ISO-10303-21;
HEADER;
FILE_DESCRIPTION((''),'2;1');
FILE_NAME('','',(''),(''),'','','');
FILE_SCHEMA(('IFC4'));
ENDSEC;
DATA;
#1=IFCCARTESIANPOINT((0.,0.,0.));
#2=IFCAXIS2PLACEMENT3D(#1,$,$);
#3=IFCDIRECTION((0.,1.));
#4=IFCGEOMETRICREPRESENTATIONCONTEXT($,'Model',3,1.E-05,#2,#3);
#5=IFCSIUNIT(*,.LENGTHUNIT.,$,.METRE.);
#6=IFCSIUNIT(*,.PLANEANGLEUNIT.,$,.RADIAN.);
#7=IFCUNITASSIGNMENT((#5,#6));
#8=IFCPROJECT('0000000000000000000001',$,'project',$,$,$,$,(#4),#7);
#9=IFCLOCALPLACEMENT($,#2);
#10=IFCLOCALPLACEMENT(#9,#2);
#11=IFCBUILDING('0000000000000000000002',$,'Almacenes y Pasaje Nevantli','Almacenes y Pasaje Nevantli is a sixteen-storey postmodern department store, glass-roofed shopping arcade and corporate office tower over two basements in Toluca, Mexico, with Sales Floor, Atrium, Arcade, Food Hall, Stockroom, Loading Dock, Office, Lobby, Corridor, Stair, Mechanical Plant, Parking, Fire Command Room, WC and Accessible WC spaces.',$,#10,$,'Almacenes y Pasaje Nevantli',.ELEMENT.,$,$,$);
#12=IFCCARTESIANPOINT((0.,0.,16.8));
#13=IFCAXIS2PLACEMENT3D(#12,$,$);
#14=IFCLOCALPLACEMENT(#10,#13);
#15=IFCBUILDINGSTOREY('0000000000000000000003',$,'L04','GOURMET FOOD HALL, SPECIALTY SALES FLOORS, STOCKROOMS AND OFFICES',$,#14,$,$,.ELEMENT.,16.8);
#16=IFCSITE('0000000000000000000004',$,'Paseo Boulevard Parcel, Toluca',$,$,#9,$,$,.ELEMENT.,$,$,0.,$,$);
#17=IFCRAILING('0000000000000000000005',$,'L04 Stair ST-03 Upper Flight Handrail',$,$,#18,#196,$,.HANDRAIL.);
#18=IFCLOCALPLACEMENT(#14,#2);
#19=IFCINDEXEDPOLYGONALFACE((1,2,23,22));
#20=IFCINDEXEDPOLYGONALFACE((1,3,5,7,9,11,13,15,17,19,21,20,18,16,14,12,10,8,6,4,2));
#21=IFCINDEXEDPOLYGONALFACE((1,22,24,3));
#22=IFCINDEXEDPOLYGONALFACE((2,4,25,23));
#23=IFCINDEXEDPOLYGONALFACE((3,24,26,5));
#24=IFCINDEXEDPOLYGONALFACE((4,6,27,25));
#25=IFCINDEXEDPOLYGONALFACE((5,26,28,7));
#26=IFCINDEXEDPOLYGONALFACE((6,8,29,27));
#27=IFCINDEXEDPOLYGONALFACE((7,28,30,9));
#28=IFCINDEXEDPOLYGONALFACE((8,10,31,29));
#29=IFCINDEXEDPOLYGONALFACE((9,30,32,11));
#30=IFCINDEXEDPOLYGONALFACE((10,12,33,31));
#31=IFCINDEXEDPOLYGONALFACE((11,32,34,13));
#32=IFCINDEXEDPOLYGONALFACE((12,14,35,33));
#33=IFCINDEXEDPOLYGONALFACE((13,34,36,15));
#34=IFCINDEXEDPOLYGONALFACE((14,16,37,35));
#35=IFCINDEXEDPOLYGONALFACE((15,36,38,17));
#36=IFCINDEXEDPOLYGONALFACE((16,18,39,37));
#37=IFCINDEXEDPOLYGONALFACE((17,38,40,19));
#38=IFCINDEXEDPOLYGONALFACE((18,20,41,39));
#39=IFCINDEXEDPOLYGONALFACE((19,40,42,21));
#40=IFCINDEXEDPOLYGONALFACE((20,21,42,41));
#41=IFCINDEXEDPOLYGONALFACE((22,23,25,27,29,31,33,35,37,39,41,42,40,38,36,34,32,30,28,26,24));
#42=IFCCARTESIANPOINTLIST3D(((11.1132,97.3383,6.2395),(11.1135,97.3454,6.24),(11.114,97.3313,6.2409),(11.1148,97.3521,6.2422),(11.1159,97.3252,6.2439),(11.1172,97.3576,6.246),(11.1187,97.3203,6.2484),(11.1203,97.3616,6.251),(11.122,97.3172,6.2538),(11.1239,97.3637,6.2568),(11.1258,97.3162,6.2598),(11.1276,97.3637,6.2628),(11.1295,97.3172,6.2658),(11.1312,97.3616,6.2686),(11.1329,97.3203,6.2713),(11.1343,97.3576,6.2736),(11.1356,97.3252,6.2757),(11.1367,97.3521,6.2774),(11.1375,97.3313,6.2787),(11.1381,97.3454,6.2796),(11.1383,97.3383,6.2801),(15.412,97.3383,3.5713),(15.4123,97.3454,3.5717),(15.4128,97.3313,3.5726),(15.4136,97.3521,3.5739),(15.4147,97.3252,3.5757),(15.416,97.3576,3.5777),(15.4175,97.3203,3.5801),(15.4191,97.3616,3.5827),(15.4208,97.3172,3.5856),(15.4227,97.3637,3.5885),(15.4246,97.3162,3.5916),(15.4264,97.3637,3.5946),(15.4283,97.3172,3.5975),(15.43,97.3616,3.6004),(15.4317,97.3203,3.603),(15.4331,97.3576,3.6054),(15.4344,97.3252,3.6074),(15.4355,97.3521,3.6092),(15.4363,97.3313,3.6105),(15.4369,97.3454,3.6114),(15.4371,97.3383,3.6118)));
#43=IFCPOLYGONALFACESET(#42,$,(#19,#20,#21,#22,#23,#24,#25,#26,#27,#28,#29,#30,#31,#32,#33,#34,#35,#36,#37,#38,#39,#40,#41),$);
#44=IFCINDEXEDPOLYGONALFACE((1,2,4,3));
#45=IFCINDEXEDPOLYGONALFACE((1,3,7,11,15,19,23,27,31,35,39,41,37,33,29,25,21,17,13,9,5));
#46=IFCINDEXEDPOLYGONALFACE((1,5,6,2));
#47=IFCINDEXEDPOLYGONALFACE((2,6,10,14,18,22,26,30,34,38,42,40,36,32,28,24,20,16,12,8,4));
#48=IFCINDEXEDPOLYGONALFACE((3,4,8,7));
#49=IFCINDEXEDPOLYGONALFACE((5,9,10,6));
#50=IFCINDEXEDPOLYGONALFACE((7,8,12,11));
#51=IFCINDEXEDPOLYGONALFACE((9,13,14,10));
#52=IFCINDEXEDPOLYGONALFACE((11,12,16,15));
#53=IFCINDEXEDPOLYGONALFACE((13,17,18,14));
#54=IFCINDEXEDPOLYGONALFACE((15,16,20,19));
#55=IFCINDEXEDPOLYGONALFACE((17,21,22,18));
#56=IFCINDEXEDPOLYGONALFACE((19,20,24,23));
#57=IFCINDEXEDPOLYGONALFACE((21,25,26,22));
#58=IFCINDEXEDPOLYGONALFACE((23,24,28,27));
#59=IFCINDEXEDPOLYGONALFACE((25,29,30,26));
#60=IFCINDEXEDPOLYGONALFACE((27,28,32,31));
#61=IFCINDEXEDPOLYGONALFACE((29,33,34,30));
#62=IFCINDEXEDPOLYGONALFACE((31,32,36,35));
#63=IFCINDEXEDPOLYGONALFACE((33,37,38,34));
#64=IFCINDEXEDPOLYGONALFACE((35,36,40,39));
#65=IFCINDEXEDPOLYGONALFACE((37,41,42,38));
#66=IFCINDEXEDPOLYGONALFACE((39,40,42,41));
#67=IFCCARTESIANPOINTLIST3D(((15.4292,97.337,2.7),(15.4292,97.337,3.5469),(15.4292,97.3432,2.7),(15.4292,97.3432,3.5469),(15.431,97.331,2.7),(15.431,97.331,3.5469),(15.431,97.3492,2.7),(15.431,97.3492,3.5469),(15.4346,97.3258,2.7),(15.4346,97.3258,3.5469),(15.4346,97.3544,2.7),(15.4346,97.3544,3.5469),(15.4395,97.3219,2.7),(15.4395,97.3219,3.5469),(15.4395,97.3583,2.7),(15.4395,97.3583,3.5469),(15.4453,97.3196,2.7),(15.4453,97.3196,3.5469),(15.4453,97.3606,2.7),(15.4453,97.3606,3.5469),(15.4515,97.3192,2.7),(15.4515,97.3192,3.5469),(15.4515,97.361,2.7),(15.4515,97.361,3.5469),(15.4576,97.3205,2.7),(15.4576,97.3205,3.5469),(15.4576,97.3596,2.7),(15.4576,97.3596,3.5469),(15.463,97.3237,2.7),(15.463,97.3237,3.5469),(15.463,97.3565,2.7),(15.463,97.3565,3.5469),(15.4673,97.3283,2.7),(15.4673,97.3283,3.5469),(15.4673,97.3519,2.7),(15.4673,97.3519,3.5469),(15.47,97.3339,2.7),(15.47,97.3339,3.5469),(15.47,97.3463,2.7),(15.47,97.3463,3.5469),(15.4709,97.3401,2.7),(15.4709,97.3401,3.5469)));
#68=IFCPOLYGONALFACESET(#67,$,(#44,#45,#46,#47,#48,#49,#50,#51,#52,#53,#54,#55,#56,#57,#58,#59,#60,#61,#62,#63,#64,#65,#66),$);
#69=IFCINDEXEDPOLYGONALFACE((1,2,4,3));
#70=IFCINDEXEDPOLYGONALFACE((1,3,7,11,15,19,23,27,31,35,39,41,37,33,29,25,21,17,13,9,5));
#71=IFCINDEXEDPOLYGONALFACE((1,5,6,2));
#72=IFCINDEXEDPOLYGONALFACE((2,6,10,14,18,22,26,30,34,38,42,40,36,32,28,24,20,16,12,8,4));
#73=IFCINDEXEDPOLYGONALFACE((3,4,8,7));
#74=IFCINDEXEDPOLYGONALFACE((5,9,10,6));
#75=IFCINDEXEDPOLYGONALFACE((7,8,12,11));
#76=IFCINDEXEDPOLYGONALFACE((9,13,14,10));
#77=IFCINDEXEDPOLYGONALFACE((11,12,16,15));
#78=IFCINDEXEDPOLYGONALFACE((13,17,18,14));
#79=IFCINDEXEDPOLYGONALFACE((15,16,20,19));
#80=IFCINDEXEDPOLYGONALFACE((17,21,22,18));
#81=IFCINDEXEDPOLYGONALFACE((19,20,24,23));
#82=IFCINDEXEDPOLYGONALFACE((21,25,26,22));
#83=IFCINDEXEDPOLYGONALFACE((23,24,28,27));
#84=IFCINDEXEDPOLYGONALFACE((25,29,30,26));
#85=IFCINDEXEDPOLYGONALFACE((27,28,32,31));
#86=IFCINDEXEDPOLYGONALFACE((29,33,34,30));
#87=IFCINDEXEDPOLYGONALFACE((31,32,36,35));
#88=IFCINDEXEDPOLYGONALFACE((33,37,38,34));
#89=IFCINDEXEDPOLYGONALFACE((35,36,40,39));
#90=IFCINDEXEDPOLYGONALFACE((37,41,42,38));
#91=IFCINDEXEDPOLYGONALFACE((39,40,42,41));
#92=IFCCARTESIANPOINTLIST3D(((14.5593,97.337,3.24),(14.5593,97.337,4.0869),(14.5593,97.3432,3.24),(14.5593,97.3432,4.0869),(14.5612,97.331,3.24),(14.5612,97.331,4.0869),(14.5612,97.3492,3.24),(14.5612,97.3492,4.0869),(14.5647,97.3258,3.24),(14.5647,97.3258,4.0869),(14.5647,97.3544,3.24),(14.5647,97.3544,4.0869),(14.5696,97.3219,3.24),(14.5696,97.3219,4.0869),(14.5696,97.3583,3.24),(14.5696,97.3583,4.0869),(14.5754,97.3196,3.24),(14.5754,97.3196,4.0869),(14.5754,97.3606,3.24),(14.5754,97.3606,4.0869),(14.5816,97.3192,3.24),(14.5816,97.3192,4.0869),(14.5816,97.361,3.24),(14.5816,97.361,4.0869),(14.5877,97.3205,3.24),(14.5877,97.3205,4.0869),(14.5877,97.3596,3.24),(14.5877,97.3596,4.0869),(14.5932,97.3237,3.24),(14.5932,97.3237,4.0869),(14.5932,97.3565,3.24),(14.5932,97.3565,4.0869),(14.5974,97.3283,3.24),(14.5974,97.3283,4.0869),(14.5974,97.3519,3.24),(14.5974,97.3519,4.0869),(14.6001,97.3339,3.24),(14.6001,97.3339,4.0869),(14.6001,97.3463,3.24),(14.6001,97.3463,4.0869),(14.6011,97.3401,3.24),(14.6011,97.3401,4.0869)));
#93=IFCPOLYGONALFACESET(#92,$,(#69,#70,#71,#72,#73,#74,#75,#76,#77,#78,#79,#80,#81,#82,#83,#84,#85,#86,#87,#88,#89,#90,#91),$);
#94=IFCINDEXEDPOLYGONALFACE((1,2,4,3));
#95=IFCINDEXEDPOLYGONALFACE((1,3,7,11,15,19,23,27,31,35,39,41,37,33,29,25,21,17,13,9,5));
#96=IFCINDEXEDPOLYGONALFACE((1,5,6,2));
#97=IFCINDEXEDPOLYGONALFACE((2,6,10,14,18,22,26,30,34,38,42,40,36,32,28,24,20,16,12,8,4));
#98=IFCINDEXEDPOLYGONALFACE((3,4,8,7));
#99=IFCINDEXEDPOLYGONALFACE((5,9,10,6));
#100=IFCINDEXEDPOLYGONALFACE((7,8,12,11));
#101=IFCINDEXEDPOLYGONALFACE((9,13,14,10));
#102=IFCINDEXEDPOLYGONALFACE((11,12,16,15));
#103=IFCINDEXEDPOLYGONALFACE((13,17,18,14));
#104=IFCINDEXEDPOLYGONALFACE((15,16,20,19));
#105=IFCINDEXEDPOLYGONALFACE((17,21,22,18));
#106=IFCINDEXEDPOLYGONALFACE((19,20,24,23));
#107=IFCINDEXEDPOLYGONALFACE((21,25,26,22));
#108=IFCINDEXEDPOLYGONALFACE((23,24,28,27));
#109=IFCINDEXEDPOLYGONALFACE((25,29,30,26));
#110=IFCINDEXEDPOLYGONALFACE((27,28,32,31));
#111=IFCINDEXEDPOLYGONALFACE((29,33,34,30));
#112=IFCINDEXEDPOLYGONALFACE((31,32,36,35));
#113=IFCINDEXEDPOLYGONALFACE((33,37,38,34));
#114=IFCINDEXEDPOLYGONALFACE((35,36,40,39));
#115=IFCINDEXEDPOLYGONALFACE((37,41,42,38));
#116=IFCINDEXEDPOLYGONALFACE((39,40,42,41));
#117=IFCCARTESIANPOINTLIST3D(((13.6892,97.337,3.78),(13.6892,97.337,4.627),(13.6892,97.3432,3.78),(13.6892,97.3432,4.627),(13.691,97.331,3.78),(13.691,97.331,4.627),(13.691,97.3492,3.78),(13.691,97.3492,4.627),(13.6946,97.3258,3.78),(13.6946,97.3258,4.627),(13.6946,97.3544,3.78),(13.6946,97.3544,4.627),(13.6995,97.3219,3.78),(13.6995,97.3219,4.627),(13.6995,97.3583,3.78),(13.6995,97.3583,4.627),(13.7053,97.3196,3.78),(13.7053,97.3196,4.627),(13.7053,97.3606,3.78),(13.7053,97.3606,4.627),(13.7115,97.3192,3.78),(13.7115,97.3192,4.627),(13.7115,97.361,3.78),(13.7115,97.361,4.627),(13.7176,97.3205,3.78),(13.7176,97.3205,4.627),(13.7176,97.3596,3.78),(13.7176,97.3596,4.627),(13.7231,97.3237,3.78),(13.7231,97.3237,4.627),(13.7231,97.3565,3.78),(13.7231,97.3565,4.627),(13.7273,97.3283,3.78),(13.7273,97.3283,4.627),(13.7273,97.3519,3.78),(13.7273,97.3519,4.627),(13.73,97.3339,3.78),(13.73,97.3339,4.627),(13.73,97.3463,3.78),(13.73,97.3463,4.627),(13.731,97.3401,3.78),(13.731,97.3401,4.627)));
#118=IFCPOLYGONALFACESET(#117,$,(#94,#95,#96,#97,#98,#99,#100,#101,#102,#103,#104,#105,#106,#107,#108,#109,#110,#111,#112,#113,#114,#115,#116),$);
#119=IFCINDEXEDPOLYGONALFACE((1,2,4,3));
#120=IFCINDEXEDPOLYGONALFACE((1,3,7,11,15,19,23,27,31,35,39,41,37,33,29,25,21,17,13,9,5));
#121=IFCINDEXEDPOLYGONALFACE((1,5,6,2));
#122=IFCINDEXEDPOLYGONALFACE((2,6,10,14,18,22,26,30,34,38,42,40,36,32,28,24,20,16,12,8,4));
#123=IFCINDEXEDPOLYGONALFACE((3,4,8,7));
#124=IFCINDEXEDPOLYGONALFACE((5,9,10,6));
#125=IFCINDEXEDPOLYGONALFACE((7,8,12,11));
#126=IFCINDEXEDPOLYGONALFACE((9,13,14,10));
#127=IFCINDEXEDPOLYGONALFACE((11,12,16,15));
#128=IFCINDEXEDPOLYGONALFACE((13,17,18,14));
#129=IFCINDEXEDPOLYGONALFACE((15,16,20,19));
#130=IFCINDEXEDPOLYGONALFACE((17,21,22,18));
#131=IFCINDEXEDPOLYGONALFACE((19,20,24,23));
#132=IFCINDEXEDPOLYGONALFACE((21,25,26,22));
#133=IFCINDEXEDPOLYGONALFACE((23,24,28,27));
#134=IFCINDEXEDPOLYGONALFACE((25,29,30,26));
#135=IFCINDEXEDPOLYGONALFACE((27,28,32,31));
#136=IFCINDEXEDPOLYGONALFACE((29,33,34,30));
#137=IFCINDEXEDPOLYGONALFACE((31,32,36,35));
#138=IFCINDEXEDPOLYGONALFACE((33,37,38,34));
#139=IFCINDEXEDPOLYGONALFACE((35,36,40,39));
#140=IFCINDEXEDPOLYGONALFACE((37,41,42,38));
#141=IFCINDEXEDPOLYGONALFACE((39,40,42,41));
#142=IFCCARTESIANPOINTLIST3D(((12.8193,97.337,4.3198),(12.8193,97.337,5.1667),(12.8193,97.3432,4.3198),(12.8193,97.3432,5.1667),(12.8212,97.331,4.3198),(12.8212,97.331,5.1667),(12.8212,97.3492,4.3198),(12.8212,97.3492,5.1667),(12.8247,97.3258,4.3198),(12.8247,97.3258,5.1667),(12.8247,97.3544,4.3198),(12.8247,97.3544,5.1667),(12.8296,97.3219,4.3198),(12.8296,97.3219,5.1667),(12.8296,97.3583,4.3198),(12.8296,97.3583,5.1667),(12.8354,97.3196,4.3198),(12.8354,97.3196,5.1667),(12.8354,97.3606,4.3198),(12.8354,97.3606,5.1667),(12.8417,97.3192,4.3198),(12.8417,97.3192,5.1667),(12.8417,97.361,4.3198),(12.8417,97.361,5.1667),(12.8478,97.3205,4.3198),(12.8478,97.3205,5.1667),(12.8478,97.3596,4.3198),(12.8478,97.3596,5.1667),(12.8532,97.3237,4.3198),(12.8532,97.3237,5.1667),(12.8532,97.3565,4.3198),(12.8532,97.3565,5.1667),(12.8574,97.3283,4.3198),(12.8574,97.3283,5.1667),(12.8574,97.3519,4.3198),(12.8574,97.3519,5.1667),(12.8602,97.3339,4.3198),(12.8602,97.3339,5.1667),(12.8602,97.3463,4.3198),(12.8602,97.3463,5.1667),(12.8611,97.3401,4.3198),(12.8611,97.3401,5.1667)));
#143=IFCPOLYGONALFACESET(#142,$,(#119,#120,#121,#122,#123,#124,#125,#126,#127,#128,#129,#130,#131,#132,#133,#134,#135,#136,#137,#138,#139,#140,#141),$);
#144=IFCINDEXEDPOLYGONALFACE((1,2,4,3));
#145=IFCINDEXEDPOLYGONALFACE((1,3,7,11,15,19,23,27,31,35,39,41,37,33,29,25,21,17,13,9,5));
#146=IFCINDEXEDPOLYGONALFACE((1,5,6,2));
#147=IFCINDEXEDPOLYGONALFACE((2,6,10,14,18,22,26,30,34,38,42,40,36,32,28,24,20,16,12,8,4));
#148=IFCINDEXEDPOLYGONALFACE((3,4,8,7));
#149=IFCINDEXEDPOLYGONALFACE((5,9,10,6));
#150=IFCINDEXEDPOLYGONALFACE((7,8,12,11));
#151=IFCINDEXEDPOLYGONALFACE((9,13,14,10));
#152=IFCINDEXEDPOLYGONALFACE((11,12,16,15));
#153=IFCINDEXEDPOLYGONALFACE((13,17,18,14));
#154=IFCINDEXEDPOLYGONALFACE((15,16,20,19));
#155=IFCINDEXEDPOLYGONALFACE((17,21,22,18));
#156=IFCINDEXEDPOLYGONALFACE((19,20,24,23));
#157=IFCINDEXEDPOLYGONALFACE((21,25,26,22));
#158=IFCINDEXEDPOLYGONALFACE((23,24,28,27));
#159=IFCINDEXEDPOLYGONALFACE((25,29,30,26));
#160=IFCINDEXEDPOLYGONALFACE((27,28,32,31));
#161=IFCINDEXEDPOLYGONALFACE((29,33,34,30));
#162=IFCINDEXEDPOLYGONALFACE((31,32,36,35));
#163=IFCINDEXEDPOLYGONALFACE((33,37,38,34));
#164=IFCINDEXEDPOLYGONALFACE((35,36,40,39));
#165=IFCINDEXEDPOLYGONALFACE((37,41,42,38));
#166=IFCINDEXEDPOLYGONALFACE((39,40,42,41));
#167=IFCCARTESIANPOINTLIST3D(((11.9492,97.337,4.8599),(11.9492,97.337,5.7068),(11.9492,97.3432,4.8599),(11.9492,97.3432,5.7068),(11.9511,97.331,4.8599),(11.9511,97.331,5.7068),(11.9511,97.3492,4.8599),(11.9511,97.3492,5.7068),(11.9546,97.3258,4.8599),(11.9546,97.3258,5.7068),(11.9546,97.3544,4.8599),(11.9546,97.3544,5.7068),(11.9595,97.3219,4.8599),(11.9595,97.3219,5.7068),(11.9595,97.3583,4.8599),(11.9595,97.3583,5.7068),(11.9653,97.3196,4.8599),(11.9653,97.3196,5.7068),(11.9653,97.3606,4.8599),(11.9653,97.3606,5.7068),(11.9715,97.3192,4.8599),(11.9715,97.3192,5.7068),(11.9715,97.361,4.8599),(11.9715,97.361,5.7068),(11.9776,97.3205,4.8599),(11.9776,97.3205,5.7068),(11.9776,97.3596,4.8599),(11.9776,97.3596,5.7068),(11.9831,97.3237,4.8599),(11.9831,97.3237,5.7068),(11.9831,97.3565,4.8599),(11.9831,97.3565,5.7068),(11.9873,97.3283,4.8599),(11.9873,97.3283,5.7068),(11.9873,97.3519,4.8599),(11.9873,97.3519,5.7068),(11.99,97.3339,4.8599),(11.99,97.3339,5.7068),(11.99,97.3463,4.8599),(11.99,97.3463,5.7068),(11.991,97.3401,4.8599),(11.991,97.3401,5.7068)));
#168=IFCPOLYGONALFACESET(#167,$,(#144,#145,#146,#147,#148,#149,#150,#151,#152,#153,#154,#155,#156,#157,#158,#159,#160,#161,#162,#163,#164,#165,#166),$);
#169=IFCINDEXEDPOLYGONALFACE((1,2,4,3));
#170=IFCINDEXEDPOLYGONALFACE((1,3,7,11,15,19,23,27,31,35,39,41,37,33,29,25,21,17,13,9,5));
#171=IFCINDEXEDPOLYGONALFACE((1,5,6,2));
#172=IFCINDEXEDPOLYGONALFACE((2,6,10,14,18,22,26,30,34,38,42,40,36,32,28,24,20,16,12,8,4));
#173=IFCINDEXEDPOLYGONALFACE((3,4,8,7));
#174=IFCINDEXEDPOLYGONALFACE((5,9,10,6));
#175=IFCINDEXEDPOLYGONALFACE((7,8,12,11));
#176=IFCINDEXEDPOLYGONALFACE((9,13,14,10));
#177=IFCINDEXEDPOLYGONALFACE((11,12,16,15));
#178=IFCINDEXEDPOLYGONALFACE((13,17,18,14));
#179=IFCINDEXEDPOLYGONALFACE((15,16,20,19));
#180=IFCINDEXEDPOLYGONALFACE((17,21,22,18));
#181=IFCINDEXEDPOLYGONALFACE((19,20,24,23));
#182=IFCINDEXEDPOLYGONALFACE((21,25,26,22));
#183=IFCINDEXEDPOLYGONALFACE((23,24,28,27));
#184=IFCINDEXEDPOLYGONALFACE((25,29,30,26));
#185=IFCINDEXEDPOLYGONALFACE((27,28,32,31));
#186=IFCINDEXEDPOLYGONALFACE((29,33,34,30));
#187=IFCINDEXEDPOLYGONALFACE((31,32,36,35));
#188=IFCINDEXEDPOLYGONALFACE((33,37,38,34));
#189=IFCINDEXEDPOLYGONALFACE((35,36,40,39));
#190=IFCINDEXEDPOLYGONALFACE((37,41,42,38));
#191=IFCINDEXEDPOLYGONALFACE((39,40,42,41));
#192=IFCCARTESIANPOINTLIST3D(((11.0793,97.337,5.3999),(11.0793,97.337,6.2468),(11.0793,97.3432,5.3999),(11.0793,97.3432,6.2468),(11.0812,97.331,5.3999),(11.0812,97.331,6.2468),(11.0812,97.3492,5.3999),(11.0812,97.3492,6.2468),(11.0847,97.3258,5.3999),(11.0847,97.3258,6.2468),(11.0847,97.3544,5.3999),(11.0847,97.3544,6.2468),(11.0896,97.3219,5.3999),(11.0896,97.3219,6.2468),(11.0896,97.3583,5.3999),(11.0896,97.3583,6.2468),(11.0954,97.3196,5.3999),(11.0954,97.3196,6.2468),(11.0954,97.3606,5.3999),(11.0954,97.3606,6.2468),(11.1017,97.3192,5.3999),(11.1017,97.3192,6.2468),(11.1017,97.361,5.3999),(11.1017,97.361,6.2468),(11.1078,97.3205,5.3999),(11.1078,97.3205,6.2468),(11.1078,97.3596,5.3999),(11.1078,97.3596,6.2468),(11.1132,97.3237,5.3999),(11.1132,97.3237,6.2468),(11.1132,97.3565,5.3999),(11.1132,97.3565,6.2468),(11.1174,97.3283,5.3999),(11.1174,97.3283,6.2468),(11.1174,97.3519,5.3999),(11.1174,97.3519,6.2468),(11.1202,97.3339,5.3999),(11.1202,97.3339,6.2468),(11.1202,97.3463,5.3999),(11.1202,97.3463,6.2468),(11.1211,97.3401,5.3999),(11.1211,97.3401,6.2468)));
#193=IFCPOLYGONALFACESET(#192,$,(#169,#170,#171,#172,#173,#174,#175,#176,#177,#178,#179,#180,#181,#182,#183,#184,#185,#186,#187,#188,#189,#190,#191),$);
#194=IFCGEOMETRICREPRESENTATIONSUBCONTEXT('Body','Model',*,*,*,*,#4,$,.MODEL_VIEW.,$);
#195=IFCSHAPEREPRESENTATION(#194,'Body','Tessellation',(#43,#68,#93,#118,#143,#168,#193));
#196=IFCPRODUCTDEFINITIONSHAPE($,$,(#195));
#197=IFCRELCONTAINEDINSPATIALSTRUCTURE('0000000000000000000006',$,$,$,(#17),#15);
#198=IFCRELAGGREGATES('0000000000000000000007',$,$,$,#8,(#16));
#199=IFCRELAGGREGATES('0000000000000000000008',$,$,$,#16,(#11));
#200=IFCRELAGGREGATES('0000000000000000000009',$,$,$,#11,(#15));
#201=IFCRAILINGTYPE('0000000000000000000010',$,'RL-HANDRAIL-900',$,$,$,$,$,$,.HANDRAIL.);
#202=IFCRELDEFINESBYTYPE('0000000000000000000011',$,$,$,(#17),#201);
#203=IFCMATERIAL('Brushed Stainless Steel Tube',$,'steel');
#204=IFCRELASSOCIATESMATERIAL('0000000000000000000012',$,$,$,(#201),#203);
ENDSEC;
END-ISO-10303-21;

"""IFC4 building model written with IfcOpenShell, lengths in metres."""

from ifc_helpers import new_model, si_unit, direction, frame, origin, origin_2d, place, context, subcontext, project, spatial, circle, extrude, material, type_object, element, save


model = new_model("IFC4")

# Units and contexts
model_context = context("Model", 3, precision=1e-05, world=origin(), true_north=direction((0.0, 1.0)))
body_context = subcontext(model_context, "Body", "Model", "MODEL_VIEW")
ifc_project = project(units=[si_unit("LENGTHUNIT", "METRE"), si_unit("PLANEANGLEUNIT", "RADIAN")], contexts=[model_context])

# Site, building, storey
site_placement = place(None, origin())
site = spatial("IfcSite", under=ifc_project, at=site_placement, Name="Paseo Boulevard Parcel, Toluca", CompositionType="ELEMENT", RefElevation=0.0)
building_placement = place(site_placement, origin())
building = spatial("IfcBuilding", under=site, at=building_placement, Name="Almacenes y Pasaje Nevantli", Description="Almacenes y Pasaje Nevantli is a sixteen-storey postmodern department store, glass-roofed shopping arcade and corporate office tower over two basements in Toluca, Mexico, with Sales Floor, Atrium, Arcade, Food Hall, Stockroom, Loading Dock, Office, Lobby, Corridor, Stair, Mechanical Plant, Parking, Fire Command Room, WC and Accessible WC spaces.", LongName="Almacenes y Pasaje Nevantli", CompositionType="ELEMENT")
storey_placement = place(building_placement, frame((0.0, 0.0, 16.8)))
storey = spatial("IfcBuildingStorey", under=building, at=storey_placement, Name="L04", Description="GOURMET FOOD HALL, SPECIALTY SALES FLOORS, STOCKROOMS AND OFFICES", CompositionType="ELEMENT", Elevation=16.8)

# Railing
ifc_material_1 = material(Name="Brushed Stainless Steel Tube", Category="steel")
railing_type_1 = type_object("IfcRailingType", Name="RL-HANDRAIL-900", PredefinedType="HANDRAIL", material=ifc_material_1)
railing_1_placement = place(storey_placement, frame((15.45, 97.3401, 2.7)))
element("IfcRailing", 1, at=railing_1_placement, inside=storey, type_object=railing_type_1, Name="L04 Stair ST-03 Upper Flight Handrail", PredefinedType="HANDRAIL", context=body_context, shape_type="SweptSolid", body=[
    extrude(circle(Radius=0.0239, at=origin_2d()), frame((-0.0254, 0.0, 0.8916), z_axis=(-0.849636, 0.0, 0.527369), x_axis=(0.0, -1.0, 0.0)), (0.0, 0.0, 1.0), 5.0596),
    extrude(circle(Radius=0.021, at=origin_2d()), origin(), (0.0, 0.0, 1.0), 0.8469),
    extrude(circle(Radius=0.021, at=origin_2d()), frame((-0.8699, 0.0, 0.54)), (0.0, 0.0, 1.0), 0.8469),
    extrude(circle(Radius=0.021, at=origin_2d()), frame((-1.74, 0.0, 1.0801)), (0.0, 0.0, 1.0), 0.8469),
    extrude(circle(Radius=0.021, at=origin_2d()), frame((-2.6099, 0.0, 1.6199)), (0.0, 0.0, 1.0), 0.8469),
    extrude(circle(Radius=0.021, at=origin_2d()), frame((-3.48, 0.0, 2.1599)), (0.0, 0.0, 1.0), 0.8469),
    extrude(circle(Radius=0.021, at=origin_2d()), frame((-4.3499, 0.0, 2.7)), (0.0, 0.0, 1.0), 0.8469),
])

save(model, "model.ifc")
